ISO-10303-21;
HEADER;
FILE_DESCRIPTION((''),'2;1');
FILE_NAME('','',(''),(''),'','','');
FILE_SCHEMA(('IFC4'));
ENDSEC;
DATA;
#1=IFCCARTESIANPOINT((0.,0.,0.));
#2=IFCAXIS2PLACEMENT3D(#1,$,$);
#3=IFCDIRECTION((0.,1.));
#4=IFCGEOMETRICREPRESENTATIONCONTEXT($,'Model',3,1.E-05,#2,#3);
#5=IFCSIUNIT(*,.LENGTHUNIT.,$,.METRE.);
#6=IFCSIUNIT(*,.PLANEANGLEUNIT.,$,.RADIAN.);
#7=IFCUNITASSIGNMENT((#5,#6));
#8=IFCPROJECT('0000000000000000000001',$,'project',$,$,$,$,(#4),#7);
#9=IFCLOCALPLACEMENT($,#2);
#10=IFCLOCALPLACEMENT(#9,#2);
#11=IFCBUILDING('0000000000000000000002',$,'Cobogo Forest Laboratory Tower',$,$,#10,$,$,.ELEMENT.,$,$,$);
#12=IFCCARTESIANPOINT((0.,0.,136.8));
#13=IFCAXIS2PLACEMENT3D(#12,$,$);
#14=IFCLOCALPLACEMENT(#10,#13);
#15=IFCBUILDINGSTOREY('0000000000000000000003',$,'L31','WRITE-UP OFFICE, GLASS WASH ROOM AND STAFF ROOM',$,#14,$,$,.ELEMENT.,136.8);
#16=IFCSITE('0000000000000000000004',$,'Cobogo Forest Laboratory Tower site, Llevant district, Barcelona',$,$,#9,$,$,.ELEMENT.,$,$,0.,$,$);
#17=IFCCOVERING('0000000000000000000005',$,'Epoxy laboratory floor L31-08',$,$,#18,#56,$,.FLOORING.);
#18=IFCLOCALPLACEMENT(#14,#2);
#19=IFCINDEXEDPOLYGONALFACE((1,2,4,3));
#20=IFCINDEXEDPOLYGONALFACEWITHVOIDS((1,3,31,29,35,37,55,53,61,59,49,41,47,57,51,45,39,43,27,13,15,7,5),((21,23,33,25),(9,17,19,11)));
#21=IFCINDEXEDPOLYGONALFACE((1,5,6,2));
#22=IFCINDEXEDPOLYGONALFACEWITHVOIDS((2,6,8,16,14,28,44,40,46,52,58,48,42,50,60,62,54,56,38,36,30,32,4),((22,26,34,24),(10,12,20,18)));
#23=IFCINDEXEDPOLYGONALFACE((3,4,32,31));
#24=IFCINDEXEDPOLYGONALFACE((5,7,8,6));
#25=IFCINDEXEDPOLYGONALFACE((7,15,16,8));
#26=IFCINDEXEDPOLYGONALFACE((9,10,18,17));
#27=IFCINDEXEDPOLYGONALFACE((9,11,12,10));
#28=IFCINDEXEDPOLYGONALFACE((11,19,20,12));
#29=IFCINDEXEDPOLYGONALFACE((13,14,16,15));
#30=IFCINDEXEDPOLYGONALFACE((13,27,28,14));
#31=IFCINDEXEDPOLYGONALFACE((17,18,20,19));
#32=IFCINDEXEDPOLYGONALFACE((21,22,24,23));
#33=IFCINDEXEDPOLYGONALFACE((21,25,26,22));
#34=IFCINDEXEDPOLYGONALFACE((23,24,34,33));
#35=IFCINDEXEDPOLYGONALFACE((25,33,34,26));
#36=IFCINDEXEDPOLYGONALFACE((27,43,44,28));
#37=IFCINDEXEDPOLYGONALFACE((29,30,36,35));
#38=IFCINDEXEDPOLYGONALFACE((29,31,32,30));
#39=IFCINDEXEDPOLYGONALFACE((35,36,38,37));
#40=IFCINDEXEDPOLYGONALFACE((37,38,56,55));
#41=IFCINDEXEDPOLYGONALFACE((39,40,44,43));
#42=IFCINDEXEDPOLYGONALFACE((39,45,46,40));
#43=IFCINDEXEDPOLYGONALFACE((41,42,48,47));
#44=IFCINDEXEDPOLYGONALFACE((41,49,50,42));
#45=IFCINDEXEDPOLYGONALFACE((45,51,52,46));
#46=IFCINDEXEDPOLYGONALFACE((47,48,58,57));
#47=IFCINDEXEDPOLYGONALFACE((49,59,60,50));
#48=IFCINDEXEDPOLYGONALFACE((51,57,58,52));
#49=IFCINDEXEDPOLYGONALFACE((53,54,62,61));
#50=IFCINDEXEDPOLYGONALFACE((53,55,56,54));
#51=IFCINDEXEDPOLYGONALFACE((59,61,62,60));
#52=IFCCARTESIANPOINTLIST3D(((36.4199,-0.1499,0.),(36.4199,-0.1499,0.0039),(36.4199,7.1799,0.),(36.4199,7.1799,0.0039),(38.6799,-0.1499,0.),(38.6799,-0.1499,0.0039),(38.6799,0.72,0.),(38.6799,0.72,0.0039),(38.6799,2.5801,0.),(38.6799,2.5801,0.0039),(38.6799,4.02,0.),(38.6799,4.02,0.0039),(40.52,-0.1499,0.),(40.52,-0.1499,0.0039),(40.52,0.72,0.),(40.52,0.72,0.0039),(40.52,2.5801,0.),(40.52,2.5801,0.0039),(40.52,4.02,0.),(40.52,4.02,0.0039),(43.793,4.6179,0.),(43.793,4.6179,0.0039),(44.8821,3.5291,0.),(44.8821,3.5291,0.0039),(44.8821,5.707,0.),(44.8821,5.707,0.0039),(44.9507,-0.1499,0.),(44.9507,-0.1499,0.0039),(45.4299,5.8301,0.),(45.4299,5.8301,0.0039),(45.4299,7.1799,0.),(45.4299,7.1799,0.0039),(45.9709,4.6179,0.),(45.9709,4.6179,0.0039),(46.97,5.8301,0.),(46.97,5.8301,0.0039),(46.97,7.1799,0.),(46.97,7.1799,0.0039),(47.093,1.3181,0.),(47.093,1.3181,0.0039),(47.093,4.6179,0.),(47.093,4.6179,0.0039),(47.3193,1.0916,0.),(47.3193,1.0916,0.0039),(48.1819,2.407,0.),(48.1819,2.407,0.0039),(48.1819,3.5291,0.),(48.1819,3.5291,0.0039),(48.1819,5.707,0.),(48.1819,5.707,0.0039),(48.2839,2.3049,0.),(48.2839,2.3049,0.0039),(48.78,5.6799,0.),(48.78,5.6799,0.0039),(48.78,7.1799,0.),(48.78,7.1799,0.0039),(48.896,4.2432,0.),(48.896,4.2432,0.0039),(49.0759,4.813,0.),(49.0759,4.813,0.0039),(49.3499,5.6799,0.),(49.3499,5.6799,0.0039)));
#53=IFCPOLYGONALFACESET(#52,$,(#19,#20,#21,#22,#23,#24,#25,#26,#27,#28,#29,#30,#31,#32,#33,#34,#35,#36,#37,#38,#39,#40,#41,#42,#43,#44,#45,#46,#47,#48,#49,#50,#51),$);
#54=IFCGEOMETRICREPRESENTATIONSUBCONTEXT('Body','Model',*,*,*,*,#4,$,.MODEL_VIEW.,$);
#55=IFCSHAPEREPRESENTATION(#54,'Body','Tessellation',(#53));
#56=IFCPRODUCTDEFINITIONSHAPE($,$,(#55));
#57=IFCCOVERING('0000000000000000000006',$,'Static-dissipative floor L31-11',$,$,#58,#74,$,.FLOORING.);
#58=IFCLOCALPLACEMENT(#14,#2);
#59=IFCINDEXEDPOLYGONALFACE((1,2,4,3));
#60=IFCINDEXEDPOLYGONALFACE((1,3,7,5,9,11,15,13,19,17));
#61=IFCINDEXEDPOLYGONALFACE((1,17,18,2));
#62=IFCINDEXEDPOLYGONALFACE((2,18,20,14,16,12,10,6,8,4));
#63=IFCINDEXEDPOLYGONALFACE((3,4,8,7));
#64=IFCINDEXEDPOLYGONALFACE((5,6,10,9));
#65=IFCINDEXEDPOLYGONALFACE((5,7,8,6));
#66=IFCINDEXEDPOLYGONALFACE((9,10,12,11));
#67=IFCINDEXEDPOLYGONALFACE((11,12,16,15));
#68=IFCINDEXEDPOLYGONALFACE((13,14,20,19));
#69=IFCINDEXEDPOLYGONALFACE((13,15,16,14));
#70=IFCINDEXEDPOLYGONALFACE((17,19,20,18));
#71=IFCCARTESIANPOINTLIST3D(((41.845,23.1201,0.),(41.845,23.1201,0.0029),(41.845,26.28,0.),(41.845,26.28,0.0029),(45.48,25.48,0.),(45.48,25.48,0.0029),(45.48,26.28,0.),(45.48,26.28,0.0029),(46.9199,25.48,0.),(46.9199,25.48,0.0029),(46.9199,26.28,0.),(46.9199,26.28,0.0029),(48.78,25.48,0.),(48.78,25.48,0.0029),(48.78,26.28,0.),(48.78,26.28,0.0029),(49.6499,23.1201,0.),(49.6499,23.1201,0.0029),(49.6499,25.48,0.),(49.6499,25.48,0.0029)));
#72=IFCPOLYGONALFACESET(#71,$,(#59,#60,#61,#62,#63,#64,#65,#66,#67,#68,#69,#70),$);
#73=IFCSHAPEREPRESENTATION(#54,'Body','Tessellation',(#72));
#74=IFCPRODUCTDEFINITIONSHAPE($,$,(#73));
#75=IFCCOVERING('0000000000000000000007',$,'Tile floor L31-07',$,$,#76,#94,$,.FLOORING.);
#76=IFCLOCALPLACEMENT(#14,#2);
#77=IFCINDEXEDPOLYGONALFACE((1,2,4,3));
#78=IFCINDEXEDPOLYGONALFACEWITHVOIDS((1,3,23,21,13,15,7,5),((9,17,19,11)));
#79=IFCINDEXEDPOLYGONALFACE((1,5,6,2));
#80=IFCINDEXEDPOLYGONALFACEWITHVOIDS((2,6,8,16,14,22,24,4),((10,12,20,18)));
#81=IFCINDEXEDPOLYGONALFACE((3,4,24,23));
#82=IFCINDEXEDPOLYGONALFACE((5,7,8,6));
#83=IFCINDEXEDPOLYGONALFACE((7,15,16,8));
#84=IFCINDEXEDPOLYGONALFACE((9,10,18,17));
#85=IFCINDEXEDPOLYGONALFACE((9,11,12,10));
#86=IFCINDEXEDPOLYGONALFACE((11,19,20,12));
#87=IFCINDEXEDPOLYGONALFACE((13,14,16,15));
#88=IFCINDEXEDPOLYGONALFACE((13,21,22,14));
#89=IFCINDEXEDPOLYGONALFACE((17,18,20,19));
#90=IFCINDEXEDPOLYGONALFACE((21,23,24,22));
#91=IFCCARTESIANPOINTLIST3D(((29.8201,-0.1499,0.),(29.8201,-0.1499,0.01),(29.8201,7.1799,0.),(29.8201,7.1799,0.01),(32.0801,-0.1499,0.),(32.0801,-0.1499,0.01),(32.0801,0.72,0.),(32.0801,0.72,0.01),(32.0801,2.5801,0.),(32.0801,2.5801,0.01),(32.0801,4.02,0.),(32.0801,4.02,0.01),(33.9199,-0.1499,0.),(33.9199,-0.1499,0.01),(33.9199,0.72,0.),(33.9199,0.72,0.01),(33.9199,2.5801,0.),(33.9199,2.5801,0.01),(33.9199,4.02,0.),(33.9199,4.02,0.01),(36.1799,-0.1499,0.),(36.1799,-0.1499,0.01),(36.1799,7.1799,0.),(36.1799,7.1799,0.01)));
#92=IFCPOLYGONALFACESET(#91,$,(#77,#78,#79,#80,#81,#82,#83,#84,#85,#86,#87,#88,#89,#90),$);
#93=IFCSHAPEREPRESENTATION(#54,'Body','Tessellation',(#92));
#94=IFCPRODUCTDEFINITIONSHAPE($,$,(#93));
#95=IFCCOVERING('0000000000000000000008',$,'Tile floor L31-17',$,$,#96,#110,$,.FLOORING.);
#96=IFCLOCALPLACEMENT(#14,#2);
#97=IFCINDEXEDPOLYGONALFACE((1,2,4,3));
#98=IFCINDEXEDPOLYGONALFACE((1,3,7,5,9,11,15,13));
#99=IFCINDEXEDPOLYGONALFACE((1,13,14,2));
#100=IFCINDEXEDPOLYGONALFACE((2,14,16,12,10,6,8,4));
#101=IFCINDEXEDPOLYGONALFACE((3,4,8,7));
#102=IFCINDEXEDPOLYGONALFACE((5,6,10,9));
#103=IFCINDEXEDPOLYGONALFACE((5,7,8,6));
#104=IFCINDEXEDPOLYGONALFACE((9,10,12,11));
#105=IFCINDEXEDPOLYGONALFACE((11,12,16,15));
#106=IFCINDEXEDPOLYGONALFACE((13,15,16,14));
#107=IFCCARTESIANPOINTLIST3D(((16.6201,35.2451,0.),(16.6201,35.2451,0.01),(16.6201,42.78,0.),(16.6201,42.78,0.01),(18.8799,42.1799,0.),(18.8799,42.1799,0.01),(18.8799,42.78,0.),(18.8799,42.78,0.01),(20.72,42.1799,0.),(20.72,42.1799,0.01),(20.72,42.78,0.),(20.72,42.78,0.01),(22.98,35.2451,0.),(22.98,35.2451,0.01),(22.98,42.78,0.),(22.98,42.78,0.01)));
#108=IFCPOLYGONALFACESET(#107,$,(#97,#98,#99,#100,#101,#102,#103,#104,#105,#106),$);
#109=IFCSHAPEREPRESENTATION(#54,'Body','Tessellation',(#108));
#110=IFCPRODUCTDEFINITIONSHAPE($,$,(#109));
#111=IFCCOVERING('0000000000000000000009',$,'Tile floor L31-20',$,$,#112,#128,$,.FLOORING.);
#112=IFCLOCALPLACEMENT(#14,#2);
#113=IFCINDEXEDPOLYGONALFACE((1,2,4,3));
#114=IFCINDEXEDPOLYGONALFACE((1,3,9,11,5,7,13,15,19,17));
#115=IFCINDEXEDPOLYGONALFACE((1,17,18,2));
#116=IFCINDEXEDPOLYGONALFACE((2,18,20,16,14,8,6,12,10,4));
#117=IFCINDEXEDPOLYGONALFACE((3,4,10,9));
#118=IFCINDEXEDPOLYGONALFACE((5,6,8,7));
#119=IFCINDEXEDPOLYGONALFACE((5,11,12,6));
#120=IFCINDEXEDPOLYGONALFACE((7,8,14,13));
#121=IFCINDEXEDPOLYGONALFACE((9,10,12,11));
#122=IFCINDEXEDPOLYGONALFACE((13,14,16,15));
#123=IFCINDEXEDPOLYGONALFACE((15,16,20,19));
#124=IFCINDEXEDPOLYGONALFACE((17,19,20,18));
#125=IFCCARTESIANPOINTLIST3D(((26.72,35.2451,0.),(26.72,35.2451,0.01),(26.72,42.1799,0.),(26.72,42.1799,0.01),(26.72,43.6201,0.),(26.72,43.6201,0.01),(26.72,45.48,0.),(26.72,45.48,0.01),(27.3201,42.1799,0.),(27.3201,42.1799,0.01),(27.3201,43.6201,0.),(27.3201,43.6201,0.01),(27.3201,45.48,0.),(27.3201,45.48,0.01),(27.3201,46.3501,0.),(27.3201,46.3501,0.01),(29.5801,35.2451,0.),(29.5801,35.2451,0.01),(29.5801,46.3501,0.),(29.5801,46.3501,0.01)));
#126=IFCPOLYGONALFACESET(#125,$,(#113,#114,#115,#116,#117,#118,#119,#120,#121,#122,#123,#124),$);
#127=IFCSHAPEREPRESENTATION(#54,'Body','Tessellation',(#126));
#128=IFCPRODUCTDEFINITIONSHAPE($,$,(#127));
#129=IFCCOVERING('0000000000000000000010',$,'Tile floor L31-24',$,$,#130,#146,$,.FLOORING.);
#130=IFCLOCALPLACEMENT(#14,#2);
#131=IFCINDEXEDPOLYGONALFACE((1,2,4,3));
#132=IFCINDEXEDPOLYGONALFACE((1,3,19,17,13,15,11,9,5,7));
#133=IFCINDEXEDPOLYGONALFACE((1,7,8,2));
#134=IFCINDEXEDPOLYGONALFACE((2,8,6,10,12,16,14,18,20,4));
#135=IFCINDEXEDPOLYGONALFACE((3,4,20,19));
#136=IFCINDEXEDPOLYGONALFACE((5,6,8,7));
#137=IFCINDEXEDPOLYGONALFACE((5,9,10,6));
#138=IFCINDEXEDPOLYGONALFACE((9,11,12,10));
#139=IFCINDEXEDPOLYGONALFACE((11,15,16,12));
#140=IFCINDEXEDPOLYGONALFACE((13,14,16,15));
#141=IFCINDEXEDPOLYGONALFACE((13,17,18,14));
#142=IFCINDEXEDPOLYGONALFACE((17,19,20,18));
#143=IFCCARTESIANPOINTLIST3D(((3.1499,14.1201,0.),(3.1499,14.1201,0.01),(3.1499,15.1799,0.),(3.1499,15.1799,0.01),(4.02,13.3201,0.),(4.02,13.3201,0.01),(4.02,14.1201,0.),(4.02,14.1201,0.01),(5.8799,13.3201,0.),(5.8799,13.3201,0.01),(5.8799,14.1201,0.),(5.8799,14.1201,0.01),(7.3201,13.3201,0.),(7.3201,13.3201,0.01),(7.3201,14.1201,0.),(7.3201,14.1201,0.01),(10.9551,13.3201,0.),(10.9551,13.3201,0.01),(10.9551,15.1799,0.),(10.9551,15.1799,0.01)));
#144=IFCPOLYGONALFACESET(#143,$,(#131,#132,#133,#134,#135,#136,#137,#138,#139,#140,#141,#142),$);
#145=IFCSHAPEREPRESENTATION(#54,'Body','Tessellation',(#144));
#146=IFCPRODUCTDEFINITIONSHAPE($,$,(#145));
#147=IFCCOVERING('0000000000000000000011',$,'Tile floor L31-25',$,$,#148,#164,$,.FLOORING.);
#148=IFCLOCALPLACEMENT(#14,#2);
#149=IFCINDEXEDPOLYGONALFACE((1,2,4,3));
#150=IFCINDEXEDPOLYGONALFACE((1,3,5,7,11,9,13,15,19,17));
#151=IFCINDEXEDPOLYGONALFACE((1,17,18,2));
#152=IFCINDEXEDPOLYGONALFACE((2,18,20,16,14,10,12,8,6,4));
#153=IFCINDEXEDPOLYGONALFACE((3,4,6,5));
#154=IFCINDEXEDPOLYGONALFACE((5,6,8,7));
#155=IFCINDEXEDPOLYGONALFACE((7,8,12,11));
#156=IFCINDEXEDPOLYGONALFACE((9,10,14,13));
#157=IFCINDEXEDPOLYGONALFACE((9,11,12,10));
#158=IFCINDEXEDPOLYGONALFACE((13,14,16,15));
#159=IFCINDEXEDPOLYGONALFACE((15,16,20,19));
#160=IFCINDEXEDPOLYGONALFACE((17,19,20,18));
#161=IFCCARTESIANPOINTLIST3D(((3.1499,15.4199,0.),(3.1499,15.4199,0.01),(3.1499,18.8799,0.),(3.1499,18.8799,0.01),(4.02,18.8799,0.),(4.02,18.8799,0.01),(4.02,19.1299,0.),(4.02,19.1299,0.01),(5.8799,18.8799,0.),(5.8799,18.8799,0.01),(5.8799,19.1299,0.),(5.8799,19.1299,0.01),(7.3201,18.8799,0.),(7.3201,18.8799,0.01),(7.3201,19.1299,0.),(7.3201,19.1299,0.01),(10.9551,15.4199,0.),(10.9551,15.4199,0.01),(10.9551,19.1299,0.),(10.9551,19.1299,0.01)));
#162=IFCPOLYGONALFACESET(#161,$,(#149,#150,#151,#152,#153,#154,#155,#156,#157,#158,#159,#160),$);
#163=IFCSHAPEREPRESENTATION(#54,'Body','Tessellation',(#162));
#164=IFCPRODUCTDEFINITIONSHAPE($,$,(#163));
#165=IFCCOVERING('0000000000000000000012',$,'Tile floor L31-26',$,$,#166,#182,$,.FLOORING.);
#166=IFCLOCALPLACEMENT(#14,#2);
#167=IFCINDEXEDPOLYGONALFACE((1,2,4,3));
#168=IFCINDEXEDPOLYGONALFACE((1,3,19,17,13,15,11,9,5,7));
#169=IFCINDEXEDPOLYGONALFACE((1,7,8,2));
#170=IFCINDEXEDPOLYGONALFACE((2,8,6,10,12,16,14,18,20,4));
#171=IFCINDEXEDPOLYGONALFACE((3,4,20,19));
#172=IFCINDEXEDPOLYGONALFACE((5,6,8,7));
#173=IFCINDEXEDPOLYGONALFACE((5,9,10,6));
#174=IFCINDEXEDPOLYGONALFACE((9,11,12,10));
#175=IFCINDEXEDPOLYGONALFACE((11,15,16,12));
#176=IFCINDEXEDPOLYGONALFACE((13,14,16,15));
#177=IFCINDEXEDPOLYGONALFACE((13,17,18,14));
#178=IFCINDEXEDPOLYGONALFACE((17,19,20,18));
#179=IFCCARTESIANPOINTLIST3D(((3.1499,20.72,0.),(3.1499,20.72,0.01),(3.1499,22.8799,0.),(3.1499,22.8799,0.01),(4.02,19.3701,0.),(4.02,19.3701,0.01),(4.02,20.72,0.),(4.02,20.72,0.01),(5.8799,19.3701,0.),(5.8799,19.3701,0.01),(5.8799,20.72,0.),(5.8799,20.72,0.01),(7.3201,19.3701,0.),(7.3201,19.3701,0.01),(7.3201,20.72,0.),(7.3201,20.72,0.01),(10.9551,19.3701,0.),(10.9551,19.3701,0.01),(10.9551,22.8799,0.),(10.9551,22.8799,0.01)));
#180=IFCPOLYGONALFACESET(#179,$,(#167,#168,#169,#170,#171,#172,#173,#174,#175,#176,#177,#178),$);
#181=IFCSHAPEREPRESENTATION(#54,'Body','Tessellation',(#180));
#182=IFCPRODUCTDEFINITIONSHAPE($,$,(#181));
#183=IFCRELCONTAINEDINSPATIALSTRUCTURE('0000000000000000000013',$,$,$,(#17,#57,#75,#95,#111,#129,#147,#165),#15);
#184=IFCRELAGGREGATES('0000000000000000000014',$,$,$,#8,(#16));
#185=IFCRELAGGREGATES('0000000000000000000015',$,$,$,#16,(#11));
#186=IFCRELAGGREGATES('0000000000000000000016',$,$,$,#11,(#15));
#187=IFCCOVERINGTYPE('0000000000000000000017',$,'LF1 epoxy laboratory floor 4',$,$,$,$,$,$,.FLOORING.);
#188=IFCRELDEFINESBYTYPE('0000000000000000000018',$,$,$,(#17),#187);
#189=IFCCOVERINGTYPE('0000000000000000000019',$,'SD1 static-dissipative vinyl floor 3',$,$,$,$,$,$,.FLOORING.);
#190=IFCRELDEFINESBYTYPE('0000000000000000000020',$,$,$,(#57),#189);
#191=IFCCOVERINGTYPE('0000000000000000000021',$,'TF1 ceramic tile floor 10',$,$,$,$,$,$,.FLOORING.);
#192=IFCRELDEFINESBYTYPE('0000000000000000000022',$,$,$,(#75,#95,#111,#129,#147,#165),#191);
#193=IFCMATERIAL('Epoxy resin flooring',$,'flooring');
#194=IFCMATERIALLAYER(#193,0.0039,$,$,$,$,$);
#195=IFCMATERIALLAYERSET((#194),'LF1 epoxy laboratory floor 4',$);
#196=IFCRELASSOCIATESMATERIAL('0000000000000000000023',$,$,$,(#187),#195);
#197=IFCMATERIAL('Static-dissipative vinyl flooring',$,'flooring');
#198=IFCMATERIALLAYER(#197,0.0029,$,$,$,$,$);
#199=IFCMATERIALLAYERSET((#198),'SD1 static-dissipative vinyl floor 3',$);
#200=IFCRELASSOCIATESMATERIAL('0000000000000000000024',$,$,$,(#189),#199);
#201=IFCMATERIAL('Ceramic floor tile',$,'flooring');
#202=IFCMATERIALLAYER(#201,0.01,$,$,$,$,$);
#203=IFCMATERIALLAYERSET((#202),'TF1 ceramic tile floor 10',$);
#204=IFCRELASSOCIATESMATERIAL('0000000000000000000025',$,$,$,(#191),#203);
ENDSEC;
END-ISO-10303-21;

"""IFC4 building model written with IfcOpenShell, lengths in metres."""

from ifc_helpers import new_model, si_unit, direction, frame, origin, place, context, subcontext, project, spatial, polyline, outline, extrude, material, layer, layer_set, type_object, element, save


model = new_model("IFC4")

# Units and contexts
model_context = context("Model", 3, precision=1e-05, world=origin(), true_north=direction((0.0, 1.0)))
body_context = subcontext(model_context, "Body", "Model", "MODEL_VIEW")
ifc_project = project(units=[si_unit("LENGTHUNIT", "METRE"), si_unit("PLANEANGLEUNIT", "RADIAN")], contexts=[model_context])

# Site, building, storey
site_placement = place(None, origin())
site = spatial("IfcSite", under=ifc_project, at=site_placement, Name="Cobogo Forest Laboratory Tower site, Llevant district, Barcelona", CompositionType="ELEMENT", RefElevation=0.0)
building_placement = place(site_placement, origin())
building = spatial("IfcBuilding", under=site, at=building_placement, Name="Cobogo Forest Laboratory Tower", CompositionType="ELEMENT")
storey_placement = place(building_placement, frame((0.0, 0.0, 136.8)))
storey = spatial("IfcBuildingStorey", under=building, at=storey_placement, Name="L31", Description="WRITE-UP OFFICE, GLASS WASH ROOM AND STAFF ROOM", CompositionType="ELEMENT", Elevation=136.8)

# Coverings
ifc_material_1 = material(Name="Epoxy resin flooring", Category="flooring")
ifc_layer_1 = layer(ifc_material_1, 0.0039)
ifc_layer_set_1 = layer_set([ifc_layer_1], Name="LF1 epoxy laboratory floor 4")
covering_type_1 = type_object("IfcCoveringType", Name="LF1 epoxy laboratory floor 4", PredefinedType="FLOORING", material=ifc_layer_set_1)
covering_1_placement = place(storey_placement, origin())
element("IfcCovering", 1, at=covering_1_placement, inside=storey, type_object=covering_type_1, Name="Epoxy laboratory floor L31-08", PredefinedType="FLOORING", context=body_context, shape_type="SweptSolid", body=[
    extrude(outline(polyline([(45.4299, 5.8301), (46.97, 5.8301), (46.97, 7.1799), (48.78, 7.1799), (48.78, 5.6799), (49.3499, 5.6799), (49.0759, 4.813), (48.1819, 5.707), (47.093, 4.6179), (48.1819, 3.5291), (48.896, 4.2432), (48.2839, 2.3049), (48.1819, 2.407), (47.093, 1.3181), (47.3193, 1.0916), (44.9507, -0.1499), (40.52, -0.1499), (40.52, 0.72), (38.6799, 0.72), (38.6799, -0.1499), (36.4199, -0.1499), (36.4199, 7.1799), (45.4299, 7.1799), (45.4299, 5.8301)]), holes=[polyline([(43.793, 4.6179), (44.8821, 3.5291), (45.9709, 4.6179), (44.8821, 5.707), (43.793, 4.6179)]), polyline([(38.6799, 4.02), (38.6799, 2.5801), (40.52, 2.5801), (40.52, 4.02), (38.6799, 4.02)])]), origin(), (0.0, 0.0, 1.0), 0.0039),
])
ifc_material_2 = material(Name="Static-dissipative vinyl flooring", Category="flooring")
ifc_layer_2 = layer(ifc_material_2, 0.0029)
ifc_layer_set_2 = layer_set([ifc_layer_2], Name="SD1 static-dissipative vinyl floor 3")
covering_type_2 = type_object("IfcCoveringType", Name="SD1 static-dissipative vinyl floor 3", PredefinedType="FLOORING", material=ifc_layer_set_2)
covering_2_placement = place(storey_placement, origin())
element("IfcCovering", 2, at=covering_2_placement, inside=storey, type_object=covering_type_2, Name="Static-dissipative floor L31-11", PredefinedType="FLOORING", context=body_context, shape_type="SweptSolid", body=[
    extrude(outline(polyline([(41.845, 26.28), (45.48, 26.28), (45.48, 25.48), (46.9199, 25.48), (46.9199, 26.28), (48.78, 26.28), (48.78, 25.48), (49.6499, 25.48), (49.6499, 23.1201), (41.845, 23.1201), (41.845, 26.28)])), origin(), (0.0, 0.0, 1.0), 0.0029),
])
ifc_material_3 = material(Name="Ceramic floor tile", Category="flooring")
ifc_layer_3 = layer(ifc_material_3, 0.01)
ifc_layer_set_3 = layer_set([ifc_layer_3], Name="TF1 ceramic tile floor 10")
covering_type_3 = type_object("IfcCoveringType", Name="TF1 ceramic tile floor 10", PredefinedType="FLOORING", material=ifc_layer_set_3)
covering_3_placement = place(storey_placement, origin())
element("IfcCovering", 3, at=covering_3_placement, inside=storey, type_object=covering_type_3, Name="Tile floor L31-07", PredefinedType="FLOORING", context=body_context, shape_type="SweptSolid", body=[
    extrude(outline(polyline([(36.1799, 7.1799), (36.1799, -0.1499), (33.9199, -0.1499), (33.9199, 0.72), (32.0801, 0.72), (32.0801, -0.1499), (29.8201, -0.1499), (29.8201, 7.1799), (36.1799, 7.1799)]), holes=[polyline([(32.0801, 4.02), (32.0801, 2.5801), (33.9199, 2.5801), (33.9199, 4.02), (32.0801, 4.02)])]), origin(), (0.0, 0.0, 1.0), 0.01),
])
covering_4_placement = place(storey_placement, origin())
element("IfcCovering", 4, at=covering_4_placement, inside=storey, type_object=covering_type_3, Name="Tile floor L31-17", PredefinedType="FLOORING", context=body_context, shape_type="SweptSolid", body=[
    extrude(outline(polyline([(16.6201, 42.78), (18.8799, 42.78), (18.8799, 42.1799), (20.72, 42.1799), (20.72, 42.78), (22.98, 42.78), (22.98, 35.2451), (16.6201, 35.2451), (16.6201, 42.78)])), origin(), (0.0, 0.0, 1.0), 0.01),
])
covering_5_placement = place(storey_placement, origin())
element("IfcCovering", 5, at=covering_5_placement, inside=storey, type_object=covering_type_3, Name="Tile floor L31-20", PredefinedType="FLOORING", context=body_context, shape_type="SweptSolid", body=[
    extrude(outline(polyline([(26.72, 35.2451), (26.72, 42.1799), (27.3201, 42.1799), (27.3201, 43.6201), (26.72, 43.6201), (26.72, 45.48), (27.3201, 45.48), (27.3201, 46.3501), (29.5801, 46.3501), (29.5801, 35.2451), (26.72, 35.2451)])), origin(), (0.0, 0.0, 1.0), 0.01),
])
covering_6_placement = place(storey_placement, origin())
element("IfcCovering", 6, at=covering_6_placement, inside=storey, type_object=covering_type_3, Name="Tile floor L31-24", PredefinedType="FLOORING", context=body_context, shape_type="SweptSolid", body=[
    extrude(outline(polyline([(10.9551, 13.3201), (7.3201, 13.3201), (7.3201, 14.1201), (5.8799, 14.1201), (5.8799, 13.3201), (4.02, 13.3201), (4.02, 14.1201), (3.1499, 14.1201), (3.1499, 15.1799), (10.9551, 15.1799), (10.9551, 13.3201)])), origin(), (0.0, 0.0, 1.0), 0.01),
])
covering_7_placement = place(storey_placement, origin())
element("IfcCovering", 7, at=covering_7_placement, inside=storey, type_object=covering_type_3, Name="Tile floor L31-25", PredefinedType="FLOORING", context=body_context, shape_type="SweptSolid", body=[
    extrude(outline(polyline([(10.9551, 15.4199), (3.1499, 15.4199), (3.1499, 18.8799), (4.02, 18.8799), (4.02, 19.1299), (5.8799, 19.1299), (5.8799, 18.8799), (7.3201, 18.8799), (7.3201, 19.1299), (10.9551, 19.1299), (10.9551, 15.4199)])), origin(), (0.0, 0.0, 1.0), 0.01),
])
covering_8_placement = place(storey_placement, origin())
element("IfcCovering", 8, at=covering_8_placement, inside=storey, type_object=covering_type_3, Name="Tile floor L31-26", PredefinedType="FLOORING", context=body_context, shape_type="SweptSolid", body=[
    extrude(outline(polyline([(10.9551, 19.3701), (7.3201, 19.3701), (7.3201, 20.72), (5.8799, 20.72), (5.8799, 19.3701), (4.02, 19.3701), (4.02, 20.72), (3.1499, 20.72), (3.1499, 22.8799), (10.9551, 22.8799), (10.9551, 19.3701)])), origin(), (0.0, 0.0, 1.0), 0.01),
])

save(model, "model.ifc")
